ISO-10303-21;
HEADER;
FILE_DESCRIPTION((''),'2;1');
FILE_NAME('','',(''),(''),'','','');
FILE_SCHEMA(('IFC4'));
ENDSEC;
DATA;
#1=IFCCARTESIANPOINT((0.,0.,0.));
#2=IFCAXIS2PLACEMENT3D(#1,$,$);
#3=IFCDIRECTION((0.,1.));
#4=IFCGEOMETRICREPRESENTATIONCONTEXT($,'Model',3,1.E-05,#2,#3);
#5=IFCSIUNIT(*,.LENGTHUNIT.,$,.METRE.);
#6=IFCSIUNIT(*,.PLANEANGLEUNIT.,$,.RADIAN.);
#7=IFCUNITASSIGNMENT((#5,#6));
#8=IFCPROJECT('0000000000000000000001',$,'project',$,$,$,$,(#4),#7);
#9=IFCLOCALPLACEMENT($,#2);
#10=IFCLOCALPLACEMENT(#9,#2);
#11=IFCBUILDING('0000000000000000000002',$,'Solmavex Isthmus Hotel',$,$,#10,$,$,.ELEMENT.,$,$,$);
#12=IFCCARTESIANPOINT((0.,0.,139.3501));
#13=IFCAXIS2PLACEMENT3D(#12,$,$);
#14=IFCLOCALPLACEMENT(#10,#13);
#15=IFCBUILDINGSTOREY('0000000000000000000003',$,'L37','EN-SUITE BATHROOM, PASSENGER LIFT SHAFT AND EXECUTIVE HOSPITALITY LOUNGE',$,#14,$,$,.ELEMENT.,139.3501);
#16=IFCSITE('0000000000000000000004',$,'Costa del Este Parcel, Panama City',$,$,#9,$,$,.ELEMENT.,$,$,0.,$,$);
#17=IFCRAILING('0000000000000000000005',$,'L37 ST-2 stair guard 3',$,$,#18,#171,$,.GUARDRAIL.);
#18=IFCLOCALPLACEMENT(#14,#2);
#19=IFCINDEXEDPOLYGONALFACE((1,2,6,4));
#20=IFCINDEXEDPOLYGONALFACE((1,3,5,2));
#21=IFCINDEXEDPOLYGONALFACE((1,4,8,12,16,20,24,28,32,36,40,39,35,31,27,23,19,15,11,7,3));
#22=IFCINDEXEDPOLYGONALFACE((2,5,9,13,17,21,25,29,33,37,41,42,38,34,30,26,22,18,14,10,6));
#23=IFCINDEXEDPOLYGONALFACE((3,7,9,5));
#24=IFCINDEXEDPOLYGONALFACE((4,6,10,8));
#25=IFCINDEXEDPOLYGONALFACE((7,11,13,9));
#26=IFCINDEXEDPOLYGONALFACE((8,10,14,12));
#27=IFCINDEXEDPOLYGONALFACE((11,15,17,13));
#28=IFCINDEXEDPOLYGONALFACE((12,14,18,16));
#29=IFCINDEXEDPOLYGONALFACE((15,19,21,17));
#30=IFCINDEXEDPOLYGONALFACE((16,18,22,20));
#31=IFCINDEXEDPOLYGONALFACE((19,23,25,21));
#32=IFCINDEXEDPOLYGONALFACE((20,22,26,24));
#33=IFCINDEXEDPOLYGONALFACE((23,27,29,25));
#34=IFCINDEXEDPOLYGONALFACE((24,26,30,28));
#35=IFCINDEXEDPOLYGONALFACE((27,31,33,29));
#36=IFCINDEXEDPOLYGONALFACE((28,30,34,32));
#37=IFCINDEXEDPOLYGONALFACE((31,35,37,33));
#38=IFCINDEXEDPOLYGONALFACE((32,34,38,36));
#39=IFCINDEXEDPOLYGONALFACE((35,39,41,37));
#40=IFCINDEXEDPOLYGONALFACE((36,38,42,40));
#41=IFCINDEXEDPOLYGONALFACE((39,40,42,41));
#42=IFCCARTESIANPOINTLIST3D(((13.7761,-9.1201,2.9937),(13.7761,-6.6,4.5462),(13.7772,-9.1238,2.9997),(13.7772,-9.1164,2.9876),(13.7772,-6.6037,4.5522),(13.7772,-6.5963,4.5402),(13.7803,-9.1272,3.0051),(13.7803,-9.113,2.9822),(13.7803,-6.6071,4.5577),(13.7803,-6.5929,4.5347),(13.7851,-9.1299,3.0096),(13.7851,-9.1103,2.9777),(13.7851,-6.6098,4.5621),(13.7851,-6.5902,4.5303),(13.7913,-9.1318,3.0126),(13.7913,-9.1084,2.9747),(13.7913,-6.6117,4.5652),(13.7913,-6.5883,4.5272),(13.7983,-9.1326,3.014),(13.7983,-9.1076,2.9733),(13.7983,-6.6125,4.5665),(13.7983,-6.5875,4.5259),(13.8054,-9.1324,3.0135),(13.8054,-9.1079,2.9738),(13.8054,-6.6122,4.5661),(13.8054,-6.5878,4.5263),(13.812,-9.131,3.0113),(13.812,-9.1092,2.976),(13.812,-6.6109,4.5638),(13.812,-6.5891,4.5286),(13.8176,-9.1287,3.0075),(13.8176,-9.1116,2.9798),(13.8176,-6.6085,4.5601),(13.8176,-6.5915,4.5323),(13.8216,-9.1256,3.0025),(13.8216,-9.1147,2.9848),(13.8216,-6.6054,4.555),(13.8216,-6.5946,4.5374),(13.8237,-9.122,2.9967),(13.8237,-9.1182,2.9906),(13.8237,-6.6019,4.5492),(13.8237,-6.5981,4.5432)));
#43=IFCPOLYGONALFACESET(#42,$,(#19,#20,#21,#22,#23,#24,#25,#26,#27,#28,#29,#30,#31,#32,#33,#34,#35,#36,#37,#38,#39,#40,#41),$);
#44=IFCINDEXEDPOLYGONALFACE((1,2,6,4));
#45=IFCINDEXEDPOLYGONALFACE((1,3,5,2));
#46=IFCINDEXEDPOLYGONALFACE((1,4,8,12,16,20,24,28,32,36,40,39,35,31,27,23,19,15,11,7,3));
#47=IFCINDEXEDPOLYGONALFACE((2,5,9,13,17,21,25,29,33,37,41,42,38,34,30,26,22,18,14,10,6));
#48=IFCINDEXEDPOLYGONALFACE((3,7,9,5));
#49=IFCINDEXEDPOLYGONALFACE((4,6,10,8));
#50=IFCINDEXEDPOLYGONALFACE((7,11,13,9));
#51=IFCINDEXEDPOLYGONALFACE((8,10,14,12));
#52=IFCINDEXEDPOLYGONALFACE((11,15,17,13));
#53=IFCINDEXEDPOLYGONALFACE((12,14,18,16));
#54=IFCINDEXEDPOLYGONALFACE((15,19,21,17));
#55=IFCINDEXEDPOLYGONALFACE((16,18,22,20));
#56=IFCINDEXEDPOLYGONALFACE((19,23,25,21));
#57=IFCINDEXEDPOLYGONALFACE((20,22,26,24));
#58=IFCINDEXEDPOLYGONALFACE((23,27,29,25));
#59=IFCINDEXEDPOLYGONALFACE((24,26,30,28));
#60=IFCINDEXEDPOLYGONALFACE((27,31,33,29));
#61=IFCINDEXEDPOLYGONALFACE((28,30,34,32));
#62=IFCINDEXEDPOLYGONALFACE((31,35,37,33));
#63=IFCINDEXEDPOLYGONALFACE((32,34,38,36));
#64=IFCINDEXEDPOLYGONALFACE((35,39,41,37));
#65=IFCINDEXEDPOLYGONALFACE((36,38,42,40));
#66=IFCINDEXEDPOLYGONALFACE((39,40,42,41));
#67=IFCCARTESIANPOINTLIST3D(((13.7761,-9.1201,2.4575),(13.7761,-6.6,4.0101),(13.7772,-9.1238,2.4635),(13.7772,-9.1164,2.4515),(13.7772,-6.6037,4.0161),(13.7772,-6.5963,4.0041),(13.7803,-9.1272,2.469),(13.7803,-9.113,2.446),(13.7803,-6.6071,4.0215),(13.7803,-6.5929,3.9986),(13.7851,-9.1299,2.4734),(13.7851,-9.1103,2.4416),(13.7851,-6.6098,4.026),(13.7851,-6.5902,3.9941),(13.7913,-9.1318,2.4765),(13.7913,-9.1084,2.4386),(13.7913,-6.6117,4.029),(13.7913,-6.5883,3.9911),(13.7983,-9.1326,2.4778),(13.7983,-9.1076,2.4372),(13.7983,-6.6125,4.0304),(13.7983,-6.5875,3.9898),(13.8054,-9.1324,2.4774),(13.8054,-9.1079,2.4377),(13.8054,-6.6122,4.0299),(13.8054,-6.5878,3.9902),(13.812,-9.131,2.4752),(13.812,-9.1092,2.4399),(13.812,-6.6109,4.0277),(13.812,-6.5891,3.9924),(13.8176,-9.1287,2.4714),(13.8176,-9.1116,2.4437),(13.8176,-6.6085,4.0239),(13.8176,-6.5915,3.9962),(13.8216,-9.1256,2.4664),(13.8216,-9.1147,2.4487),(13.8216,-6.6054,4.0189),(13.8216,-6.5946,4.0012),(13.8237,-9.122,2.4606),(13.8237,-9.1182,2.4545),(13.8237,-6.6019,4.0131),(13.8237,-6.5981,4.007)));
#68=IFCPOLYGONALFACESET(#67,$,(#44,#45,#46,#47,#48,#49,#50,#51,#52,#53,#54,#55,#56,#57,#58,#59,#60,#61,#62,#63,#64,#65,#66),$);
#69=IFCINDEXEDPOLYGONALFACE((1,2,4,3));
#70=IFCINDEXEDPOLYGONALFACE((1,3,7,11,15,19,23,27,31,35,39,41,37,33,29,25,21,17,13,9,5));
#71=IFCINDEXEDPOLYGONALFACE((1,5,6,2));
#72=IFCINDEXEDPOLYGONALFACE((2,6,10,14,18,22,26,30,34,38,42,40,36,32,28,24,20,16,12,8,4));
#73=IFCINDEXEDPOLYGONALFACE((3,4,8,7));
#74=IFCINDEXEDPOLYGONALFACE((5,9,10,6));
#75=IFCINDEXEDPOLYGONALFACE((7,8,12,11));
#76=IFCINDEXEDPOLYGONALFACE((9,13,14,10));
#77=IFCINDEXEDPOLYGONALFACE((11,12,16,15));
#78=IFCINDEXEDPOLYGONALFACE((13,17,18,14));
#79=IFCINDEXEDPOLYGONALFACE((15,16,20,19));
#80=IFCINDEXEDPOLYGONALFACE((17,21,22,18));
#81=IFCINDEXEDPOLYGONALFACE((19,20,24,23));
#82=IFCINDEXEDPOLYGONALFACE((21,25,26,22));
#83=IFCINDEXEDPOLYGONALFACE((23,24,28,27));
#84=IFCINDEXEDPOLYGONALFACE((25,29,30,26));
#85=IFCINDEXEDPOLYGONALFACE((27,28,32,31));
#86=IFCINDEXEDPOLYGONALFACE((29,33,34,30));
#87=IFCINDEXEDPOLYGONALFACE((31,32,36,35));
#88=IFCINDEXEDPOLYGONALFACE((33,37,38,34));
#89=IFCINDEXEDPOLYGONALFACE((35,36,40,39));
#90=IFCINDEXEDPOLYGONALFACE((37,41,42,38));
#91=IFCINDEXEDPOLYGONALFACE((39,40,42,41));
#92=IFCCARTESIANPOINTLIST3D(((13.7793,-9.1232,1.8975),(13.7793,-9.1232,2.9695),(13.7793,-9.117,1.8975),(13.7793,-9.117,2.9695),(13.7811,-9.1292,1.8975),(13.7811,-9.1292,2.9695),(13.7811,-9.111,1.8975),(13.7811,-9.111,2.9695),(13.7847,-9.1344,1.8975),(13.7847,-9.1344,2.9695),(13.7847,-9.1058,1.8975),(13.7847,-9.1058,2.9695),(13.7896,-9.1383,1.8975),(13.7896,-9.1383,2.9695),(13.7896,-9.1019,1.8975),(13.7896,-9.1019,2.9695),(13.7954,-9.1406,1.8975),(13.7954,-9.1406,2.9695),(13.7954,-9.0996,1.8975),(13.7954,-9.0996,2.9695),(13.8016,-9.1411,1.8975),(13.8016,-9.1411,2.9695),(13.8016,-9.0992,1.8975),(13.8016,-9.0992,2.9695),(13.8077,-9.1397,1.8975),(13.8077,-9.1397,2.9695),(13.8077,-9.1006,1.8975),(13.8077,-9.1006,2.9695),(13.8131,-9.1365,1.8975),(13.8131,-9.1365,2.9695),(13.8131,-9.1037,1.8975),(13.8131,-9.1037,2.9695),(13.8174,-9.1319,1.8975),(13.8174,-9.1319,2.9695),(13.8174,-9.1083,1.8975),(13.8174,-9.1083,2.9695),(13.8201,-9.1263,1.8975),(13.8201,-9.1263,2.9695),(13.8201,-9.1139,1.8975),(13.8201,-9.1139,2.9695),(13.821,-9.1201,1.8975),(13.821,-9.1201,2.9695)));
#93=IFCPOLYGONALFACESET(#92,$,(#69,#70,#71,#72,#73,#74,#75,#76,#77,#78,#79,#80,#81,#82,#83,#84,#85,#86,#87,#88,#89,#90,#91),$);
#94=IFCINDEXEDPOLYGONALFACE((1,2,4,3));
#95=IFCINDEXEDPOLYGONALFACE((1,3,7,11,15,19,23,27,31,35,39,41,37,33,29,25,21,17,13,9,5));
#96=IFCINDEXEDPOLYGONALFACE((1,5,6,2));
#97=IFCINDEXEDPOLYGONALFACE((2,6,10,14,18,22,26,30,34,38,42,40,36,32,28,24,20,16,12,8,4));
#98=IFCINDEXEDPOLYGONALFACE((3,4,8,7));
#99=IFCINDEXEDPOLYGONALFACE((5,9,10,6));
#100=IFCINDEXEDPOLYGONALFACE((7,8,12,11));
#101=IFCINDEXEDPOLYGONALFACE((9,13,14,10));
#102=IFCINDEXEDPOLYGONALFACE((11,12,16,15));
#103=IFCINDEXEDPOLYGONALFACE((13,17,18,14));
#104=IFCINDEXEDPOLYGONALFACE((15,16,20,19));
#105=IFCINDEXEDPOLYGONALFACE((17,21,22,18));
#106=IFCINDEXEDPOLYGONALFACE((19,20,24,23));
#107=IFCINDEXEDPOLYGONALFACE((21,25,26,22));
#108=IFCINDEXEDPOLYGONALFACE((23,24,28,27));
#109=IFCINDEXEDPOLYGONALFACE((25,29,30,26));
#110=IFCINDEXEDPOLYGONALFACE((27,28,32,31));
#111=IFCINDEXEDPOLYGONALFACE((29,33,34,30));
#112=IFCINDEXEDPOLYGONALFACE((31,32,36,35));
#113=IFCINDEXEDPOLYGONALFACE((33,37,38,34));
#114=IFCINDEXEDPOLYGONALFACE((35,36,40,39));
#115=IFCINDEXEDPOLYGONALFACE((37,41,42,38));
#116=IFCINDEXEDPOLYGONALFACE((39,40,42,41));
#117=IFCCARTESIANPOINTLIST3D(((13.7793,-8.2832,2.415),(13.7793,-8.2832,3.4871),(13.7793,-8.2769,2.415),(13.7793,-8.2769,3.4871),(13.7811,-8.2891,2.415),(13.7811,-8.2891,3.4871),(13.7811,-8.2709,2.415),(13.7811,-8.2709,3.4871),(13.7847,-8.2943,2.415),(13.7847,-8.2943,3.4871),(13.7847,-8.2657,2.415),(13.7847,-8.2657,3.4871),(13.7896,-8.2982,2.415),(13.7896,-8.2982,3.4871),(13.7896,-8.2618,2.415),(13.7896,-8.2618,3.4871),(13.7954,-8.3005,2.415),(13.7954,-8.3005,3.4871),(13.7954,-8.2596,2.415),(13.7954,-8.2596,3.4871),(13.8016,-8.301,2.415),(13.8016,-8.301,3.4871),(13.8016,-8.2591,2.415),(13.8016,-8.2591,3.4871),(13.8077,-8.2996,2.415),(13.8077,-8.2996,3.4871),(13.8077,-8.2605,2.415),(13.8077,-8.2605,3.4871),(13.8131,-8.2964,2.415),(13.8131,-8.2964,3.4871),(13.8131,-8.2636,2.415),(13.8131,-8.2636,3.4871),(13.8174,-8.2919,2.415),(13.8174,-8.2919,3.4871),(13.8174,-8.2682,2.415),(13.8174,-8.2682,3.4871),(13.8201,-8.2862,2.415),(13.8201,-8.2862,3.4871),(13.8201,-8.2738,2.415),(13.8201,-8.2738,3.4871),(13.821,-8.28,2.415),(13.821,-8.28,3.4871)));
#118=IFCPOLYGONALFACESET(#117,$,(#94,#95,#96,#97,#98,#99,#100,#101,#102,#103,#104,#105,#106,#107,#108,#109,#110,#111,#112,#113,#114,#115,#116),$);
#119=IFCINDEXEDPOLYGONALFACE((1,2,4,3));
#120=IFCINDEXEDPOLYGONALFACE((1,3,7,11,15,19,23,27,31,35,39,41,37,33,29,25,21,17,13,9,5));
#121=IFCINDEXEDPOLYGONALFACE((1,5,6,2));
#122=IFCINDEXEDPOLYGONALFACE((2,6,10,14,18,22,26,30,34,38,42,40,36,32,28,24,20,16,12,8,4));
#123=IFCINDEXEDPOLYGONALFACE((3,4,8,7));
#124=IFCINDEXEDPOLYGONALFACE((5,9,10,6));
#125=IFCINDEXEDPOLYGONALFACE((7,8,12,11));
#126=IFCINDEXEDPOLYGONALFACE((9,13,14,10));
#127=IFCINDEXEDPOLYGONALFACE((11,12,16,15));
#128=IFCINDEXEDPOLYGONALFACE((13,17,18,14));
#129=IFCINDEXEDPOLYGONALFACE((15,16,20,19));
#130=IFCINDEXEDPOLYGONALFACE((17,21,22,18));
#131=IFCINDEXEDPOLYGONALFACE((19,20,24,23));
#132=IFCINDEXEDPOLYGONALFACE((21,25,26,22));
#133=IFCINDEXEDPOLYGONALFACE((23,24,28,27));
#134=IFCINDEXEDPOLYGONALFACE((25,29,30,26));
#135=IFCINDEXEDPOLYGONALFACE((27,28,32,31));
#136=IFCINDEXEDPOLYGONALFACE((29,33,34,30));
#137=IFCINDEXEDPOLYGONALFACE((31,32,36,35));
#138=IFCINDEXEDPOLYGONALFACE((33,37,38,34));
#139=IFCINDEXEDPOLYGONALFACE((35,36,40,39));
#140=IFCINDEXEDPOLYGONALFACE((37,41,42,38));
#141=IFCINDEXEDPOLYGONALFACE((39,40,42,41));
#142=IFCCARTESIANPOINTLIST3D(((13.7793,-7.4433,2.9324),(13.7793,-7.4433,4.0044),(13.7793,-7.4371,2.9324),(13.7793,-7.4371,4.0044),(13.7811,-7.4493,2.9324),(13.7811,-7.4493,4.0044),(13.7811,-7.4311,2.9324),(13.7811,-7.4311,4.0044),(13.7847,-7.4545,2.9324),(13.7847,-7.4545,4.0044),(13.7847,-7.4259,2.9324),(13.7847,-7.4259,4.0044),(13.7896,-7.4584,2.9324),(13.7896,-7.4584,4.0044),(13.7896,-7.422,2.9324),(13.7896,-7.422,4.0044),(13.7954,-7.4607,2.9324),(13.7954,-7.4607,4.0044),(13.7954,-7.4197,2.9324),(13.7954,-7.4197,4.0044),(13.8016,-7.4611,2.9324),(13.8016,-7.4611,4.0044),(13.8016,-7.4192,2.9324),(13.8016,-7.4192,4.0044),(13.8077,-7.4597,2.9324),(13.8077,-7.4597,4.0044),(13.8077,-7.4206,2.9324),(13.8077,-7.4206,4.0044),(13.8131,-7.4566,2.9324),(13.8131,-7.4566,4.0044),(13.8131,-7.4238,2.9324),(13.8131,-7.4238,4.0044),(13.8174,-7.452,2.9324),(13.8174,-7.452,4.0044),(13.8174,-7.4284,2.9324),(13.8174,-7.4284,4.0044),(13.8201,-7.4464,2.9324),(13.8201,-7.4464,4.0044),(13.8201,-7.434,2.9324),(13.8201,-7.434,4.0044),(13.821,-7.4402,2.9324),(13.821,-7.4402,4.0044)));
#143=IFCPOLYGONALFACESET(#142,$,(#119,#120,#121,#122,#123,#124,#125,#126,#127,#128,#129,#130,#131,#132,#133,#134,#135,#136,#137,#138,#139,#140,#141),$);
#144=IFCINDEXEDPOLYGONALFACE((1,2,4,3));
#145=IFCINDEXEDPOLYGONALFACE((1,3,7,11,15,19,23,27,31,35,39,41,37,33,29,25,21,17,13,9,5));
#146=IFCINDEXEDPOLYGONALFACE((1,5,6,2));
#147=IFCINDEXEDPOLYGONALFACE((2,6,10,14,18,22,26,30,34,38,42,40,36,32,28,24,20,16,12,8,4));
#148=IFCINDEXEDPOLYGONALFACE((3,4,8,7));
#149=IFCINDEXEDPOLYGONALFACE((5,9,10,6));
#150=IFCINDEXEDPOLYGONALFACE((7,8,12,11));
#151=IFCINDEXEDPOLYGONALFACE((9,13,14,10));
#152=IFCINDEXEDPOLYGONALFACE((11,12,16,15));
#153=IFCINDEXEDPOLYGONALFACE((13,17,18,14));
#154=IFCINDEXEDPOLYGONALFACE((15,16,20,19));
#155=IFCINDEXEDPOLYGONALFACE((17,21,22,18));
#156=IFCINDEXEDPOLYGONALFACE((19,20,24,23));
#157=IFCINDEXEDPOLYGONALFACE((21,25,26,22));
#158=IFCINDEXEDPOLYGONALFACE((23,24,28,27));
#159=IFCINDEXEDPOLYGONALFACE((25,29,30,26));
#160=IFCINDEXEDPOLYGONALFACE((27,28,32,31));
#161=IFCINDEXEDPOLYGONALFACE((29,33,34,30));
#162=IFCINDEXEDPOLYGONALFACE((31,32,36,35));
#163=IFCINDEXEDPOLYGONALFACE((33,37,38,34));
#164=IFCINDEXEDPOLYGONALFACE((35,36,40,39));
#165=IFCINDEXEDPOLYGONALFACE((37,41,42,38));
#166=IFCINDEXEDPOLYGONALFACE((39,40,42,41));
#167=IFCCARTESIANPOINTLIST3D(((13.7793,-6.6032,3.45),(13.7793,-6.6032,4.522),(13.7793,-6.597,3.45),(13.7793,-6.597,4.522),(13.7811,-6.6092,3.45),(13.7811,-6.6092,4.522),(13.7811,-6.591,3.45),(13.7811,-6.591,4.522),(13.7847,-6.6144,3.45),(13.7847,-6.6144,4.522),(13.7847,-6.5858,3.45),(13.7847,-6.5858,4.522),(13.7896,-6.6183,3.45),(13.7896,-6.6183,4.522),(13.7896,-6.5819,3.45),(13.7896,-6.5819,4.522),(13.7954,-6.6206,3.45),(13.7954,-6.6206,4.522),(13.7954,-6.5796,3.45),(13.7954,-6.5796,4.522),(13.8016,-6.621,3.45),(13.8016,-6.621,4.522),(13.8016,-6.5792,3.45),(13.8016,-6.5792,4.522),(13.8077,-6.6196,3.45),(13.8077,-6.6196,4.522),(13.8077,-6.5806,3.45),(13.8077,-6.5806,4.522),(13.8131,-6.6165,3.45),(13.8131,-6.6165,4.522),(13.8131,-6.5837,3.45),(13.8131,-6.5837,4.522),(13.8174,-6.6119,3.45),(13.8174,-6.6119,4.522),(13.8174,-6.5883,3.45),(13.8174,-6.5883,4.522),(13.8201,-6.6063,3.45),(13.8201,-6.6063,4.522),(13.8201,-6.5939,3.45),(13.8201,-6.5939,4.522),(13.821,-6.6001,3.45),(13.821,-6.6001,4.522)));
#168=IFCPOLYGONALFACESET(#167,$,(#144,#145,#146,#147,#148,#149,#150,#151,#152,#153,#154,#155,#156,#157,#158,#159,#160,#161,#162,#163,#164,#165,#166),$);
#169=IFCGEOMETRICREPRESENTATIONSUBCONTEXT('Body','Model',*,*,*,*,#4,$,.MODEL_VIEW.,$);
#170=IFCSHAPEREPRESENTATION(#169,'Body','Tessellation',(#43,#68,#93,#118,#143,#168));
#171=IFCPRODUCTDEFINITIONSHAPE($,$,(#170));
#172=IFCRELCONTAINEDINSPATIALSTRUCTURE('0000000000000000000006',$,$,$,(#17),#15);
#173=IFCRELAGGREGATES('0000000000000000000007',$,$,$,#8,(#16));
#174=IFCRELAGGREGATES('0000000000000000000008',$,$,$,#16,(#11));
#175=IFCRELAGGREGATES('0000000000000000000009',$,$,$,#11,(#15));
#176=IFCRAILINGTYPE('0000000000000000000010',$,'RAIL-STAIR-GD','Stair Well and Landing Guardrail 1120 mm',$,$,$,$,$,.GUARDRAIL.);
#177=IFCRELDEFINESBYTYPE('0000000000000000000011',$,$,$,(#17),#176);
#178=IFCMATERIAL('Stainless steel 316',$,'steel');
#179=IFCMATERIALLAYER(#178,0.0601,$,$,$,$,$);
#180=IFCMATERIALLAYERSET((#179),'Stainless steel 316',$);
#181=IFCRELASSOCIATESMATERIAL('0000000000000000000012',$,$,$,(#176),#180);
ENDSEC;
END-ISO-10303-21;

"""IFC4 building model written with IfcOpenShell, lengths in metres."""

from ifc_helpers import new_model, si_unit, direction, frame, origin, origin_2d, place, context, subcontext, project, spatial, circle, extrude, material, layer, layer_set, type_object, element, save


model = new_model("IFC4")

# Units and contexts
model_context = context("Model", 3, precision=1e-05, world=origin(), true_north=direction((0.0, 1.0)))
body_context = subcontext(model_context, "Body", "Model", "MODEL_VIEW")
ifc_project = project(units=[si_unit("LENGTHUNIT", "METRE"), si_unit("PLANEANGLEUNIT", "RADIAN")], contexts=[model_context])

# Site, building, storey
site_placement = place(None, origin())
site = spatial("IfcSite", under=ifc_project, at=site_placement, Name="Costa del Este Parcel, Panama City", CompositionType="ELEMENT", RefElevation=0.0)
building_placement = place(site_placement, origin())
building = spatial("IfcBuilding", under=site, at=building_placement, Name="Solmavex Isthmus Hotel", CompositionType="ELEMENT")
storey_placement = place(building_placement, frame((0.0, 0.0, 139.3501)))
storey = spatial("IfcBuildingStorey", under=building, at=storey_placement, Name="L37", Description="EN-SUITE BATHROOM, PASSENGER LIFT SHAFT AND EXECUTIVE HOSPITALITY LOUNGE", CompositionType="ELEMENT", Elevation=139.3501)

# Railing
ifc_material_1 = material(Name="Stainless steel 316", Category="steel")
ifc_layer_1 = layer(ifc_material_1, 0.0601)
ifc_layer_set_1 = layer_set([ifc_layer_1], Name="Stainless steel 316")
railing_type_1 = type_object("IfcRailingType", Name="RAIL-STAIR-GD", Description="Stair Well and Landing Guardrail 1120 mm", PredefinedType="GUARDRAIL", material=ifc_layer_set_1)
railing_1_placement = place(storey_placement, frame((13.8, -9.1201, 1.8975)))
element("IfcRailing", 1, at=railing_1_placement, inside=storey, type_object=railing_type_1, Name="L37 ST-2 stair guard 3", PredefinedType="GUARDRAIL", context=body_context, shape_type="SweptSolid", body=[
    extrude(circle(Radius=0.0239, at=origin_2d()), frame((0.0, 0.0, 1.0962), z_axis=(0.0, 0.8514, 0.524516), x_axis=(-1.0, 0.0, 0.0)), (0.0, 0.0, 1.0), 2.96),
    extrude(circle(Radius=0.0239, at=origin_2d()), frame((0.0, 0.0, 0.5601), z_axis=(0.0, 0.8514, 0.524516), x_axis=(-1.0, 0.0, 0.0)), (0.0, 0.0, 1.0), 2.96),
    extrude(circle(Radius=0.021, at=origin_2d()), origin(), (0.0, 0.0, 1.0), 1.072),
    extrude(circle(Radius=0.021, at=origin_2d()), frame((0.0, 0.8401, 0.5176)), (0.0, 0.0, 1.0), 1.072),
    extrude(circle(Radius=0.021, at=origin_2d()), frame((0.0, 1.6799, 1.0349)), (0.0, 0.0, 1.0), 1.072),
    extrude(circle(Radius=0.021, at=origin_2d()), frame((0.0, 2.52, 1.5525)), (0.0, 0.0, 1.0), 1.072),
])

save(model, "model.ifc")
